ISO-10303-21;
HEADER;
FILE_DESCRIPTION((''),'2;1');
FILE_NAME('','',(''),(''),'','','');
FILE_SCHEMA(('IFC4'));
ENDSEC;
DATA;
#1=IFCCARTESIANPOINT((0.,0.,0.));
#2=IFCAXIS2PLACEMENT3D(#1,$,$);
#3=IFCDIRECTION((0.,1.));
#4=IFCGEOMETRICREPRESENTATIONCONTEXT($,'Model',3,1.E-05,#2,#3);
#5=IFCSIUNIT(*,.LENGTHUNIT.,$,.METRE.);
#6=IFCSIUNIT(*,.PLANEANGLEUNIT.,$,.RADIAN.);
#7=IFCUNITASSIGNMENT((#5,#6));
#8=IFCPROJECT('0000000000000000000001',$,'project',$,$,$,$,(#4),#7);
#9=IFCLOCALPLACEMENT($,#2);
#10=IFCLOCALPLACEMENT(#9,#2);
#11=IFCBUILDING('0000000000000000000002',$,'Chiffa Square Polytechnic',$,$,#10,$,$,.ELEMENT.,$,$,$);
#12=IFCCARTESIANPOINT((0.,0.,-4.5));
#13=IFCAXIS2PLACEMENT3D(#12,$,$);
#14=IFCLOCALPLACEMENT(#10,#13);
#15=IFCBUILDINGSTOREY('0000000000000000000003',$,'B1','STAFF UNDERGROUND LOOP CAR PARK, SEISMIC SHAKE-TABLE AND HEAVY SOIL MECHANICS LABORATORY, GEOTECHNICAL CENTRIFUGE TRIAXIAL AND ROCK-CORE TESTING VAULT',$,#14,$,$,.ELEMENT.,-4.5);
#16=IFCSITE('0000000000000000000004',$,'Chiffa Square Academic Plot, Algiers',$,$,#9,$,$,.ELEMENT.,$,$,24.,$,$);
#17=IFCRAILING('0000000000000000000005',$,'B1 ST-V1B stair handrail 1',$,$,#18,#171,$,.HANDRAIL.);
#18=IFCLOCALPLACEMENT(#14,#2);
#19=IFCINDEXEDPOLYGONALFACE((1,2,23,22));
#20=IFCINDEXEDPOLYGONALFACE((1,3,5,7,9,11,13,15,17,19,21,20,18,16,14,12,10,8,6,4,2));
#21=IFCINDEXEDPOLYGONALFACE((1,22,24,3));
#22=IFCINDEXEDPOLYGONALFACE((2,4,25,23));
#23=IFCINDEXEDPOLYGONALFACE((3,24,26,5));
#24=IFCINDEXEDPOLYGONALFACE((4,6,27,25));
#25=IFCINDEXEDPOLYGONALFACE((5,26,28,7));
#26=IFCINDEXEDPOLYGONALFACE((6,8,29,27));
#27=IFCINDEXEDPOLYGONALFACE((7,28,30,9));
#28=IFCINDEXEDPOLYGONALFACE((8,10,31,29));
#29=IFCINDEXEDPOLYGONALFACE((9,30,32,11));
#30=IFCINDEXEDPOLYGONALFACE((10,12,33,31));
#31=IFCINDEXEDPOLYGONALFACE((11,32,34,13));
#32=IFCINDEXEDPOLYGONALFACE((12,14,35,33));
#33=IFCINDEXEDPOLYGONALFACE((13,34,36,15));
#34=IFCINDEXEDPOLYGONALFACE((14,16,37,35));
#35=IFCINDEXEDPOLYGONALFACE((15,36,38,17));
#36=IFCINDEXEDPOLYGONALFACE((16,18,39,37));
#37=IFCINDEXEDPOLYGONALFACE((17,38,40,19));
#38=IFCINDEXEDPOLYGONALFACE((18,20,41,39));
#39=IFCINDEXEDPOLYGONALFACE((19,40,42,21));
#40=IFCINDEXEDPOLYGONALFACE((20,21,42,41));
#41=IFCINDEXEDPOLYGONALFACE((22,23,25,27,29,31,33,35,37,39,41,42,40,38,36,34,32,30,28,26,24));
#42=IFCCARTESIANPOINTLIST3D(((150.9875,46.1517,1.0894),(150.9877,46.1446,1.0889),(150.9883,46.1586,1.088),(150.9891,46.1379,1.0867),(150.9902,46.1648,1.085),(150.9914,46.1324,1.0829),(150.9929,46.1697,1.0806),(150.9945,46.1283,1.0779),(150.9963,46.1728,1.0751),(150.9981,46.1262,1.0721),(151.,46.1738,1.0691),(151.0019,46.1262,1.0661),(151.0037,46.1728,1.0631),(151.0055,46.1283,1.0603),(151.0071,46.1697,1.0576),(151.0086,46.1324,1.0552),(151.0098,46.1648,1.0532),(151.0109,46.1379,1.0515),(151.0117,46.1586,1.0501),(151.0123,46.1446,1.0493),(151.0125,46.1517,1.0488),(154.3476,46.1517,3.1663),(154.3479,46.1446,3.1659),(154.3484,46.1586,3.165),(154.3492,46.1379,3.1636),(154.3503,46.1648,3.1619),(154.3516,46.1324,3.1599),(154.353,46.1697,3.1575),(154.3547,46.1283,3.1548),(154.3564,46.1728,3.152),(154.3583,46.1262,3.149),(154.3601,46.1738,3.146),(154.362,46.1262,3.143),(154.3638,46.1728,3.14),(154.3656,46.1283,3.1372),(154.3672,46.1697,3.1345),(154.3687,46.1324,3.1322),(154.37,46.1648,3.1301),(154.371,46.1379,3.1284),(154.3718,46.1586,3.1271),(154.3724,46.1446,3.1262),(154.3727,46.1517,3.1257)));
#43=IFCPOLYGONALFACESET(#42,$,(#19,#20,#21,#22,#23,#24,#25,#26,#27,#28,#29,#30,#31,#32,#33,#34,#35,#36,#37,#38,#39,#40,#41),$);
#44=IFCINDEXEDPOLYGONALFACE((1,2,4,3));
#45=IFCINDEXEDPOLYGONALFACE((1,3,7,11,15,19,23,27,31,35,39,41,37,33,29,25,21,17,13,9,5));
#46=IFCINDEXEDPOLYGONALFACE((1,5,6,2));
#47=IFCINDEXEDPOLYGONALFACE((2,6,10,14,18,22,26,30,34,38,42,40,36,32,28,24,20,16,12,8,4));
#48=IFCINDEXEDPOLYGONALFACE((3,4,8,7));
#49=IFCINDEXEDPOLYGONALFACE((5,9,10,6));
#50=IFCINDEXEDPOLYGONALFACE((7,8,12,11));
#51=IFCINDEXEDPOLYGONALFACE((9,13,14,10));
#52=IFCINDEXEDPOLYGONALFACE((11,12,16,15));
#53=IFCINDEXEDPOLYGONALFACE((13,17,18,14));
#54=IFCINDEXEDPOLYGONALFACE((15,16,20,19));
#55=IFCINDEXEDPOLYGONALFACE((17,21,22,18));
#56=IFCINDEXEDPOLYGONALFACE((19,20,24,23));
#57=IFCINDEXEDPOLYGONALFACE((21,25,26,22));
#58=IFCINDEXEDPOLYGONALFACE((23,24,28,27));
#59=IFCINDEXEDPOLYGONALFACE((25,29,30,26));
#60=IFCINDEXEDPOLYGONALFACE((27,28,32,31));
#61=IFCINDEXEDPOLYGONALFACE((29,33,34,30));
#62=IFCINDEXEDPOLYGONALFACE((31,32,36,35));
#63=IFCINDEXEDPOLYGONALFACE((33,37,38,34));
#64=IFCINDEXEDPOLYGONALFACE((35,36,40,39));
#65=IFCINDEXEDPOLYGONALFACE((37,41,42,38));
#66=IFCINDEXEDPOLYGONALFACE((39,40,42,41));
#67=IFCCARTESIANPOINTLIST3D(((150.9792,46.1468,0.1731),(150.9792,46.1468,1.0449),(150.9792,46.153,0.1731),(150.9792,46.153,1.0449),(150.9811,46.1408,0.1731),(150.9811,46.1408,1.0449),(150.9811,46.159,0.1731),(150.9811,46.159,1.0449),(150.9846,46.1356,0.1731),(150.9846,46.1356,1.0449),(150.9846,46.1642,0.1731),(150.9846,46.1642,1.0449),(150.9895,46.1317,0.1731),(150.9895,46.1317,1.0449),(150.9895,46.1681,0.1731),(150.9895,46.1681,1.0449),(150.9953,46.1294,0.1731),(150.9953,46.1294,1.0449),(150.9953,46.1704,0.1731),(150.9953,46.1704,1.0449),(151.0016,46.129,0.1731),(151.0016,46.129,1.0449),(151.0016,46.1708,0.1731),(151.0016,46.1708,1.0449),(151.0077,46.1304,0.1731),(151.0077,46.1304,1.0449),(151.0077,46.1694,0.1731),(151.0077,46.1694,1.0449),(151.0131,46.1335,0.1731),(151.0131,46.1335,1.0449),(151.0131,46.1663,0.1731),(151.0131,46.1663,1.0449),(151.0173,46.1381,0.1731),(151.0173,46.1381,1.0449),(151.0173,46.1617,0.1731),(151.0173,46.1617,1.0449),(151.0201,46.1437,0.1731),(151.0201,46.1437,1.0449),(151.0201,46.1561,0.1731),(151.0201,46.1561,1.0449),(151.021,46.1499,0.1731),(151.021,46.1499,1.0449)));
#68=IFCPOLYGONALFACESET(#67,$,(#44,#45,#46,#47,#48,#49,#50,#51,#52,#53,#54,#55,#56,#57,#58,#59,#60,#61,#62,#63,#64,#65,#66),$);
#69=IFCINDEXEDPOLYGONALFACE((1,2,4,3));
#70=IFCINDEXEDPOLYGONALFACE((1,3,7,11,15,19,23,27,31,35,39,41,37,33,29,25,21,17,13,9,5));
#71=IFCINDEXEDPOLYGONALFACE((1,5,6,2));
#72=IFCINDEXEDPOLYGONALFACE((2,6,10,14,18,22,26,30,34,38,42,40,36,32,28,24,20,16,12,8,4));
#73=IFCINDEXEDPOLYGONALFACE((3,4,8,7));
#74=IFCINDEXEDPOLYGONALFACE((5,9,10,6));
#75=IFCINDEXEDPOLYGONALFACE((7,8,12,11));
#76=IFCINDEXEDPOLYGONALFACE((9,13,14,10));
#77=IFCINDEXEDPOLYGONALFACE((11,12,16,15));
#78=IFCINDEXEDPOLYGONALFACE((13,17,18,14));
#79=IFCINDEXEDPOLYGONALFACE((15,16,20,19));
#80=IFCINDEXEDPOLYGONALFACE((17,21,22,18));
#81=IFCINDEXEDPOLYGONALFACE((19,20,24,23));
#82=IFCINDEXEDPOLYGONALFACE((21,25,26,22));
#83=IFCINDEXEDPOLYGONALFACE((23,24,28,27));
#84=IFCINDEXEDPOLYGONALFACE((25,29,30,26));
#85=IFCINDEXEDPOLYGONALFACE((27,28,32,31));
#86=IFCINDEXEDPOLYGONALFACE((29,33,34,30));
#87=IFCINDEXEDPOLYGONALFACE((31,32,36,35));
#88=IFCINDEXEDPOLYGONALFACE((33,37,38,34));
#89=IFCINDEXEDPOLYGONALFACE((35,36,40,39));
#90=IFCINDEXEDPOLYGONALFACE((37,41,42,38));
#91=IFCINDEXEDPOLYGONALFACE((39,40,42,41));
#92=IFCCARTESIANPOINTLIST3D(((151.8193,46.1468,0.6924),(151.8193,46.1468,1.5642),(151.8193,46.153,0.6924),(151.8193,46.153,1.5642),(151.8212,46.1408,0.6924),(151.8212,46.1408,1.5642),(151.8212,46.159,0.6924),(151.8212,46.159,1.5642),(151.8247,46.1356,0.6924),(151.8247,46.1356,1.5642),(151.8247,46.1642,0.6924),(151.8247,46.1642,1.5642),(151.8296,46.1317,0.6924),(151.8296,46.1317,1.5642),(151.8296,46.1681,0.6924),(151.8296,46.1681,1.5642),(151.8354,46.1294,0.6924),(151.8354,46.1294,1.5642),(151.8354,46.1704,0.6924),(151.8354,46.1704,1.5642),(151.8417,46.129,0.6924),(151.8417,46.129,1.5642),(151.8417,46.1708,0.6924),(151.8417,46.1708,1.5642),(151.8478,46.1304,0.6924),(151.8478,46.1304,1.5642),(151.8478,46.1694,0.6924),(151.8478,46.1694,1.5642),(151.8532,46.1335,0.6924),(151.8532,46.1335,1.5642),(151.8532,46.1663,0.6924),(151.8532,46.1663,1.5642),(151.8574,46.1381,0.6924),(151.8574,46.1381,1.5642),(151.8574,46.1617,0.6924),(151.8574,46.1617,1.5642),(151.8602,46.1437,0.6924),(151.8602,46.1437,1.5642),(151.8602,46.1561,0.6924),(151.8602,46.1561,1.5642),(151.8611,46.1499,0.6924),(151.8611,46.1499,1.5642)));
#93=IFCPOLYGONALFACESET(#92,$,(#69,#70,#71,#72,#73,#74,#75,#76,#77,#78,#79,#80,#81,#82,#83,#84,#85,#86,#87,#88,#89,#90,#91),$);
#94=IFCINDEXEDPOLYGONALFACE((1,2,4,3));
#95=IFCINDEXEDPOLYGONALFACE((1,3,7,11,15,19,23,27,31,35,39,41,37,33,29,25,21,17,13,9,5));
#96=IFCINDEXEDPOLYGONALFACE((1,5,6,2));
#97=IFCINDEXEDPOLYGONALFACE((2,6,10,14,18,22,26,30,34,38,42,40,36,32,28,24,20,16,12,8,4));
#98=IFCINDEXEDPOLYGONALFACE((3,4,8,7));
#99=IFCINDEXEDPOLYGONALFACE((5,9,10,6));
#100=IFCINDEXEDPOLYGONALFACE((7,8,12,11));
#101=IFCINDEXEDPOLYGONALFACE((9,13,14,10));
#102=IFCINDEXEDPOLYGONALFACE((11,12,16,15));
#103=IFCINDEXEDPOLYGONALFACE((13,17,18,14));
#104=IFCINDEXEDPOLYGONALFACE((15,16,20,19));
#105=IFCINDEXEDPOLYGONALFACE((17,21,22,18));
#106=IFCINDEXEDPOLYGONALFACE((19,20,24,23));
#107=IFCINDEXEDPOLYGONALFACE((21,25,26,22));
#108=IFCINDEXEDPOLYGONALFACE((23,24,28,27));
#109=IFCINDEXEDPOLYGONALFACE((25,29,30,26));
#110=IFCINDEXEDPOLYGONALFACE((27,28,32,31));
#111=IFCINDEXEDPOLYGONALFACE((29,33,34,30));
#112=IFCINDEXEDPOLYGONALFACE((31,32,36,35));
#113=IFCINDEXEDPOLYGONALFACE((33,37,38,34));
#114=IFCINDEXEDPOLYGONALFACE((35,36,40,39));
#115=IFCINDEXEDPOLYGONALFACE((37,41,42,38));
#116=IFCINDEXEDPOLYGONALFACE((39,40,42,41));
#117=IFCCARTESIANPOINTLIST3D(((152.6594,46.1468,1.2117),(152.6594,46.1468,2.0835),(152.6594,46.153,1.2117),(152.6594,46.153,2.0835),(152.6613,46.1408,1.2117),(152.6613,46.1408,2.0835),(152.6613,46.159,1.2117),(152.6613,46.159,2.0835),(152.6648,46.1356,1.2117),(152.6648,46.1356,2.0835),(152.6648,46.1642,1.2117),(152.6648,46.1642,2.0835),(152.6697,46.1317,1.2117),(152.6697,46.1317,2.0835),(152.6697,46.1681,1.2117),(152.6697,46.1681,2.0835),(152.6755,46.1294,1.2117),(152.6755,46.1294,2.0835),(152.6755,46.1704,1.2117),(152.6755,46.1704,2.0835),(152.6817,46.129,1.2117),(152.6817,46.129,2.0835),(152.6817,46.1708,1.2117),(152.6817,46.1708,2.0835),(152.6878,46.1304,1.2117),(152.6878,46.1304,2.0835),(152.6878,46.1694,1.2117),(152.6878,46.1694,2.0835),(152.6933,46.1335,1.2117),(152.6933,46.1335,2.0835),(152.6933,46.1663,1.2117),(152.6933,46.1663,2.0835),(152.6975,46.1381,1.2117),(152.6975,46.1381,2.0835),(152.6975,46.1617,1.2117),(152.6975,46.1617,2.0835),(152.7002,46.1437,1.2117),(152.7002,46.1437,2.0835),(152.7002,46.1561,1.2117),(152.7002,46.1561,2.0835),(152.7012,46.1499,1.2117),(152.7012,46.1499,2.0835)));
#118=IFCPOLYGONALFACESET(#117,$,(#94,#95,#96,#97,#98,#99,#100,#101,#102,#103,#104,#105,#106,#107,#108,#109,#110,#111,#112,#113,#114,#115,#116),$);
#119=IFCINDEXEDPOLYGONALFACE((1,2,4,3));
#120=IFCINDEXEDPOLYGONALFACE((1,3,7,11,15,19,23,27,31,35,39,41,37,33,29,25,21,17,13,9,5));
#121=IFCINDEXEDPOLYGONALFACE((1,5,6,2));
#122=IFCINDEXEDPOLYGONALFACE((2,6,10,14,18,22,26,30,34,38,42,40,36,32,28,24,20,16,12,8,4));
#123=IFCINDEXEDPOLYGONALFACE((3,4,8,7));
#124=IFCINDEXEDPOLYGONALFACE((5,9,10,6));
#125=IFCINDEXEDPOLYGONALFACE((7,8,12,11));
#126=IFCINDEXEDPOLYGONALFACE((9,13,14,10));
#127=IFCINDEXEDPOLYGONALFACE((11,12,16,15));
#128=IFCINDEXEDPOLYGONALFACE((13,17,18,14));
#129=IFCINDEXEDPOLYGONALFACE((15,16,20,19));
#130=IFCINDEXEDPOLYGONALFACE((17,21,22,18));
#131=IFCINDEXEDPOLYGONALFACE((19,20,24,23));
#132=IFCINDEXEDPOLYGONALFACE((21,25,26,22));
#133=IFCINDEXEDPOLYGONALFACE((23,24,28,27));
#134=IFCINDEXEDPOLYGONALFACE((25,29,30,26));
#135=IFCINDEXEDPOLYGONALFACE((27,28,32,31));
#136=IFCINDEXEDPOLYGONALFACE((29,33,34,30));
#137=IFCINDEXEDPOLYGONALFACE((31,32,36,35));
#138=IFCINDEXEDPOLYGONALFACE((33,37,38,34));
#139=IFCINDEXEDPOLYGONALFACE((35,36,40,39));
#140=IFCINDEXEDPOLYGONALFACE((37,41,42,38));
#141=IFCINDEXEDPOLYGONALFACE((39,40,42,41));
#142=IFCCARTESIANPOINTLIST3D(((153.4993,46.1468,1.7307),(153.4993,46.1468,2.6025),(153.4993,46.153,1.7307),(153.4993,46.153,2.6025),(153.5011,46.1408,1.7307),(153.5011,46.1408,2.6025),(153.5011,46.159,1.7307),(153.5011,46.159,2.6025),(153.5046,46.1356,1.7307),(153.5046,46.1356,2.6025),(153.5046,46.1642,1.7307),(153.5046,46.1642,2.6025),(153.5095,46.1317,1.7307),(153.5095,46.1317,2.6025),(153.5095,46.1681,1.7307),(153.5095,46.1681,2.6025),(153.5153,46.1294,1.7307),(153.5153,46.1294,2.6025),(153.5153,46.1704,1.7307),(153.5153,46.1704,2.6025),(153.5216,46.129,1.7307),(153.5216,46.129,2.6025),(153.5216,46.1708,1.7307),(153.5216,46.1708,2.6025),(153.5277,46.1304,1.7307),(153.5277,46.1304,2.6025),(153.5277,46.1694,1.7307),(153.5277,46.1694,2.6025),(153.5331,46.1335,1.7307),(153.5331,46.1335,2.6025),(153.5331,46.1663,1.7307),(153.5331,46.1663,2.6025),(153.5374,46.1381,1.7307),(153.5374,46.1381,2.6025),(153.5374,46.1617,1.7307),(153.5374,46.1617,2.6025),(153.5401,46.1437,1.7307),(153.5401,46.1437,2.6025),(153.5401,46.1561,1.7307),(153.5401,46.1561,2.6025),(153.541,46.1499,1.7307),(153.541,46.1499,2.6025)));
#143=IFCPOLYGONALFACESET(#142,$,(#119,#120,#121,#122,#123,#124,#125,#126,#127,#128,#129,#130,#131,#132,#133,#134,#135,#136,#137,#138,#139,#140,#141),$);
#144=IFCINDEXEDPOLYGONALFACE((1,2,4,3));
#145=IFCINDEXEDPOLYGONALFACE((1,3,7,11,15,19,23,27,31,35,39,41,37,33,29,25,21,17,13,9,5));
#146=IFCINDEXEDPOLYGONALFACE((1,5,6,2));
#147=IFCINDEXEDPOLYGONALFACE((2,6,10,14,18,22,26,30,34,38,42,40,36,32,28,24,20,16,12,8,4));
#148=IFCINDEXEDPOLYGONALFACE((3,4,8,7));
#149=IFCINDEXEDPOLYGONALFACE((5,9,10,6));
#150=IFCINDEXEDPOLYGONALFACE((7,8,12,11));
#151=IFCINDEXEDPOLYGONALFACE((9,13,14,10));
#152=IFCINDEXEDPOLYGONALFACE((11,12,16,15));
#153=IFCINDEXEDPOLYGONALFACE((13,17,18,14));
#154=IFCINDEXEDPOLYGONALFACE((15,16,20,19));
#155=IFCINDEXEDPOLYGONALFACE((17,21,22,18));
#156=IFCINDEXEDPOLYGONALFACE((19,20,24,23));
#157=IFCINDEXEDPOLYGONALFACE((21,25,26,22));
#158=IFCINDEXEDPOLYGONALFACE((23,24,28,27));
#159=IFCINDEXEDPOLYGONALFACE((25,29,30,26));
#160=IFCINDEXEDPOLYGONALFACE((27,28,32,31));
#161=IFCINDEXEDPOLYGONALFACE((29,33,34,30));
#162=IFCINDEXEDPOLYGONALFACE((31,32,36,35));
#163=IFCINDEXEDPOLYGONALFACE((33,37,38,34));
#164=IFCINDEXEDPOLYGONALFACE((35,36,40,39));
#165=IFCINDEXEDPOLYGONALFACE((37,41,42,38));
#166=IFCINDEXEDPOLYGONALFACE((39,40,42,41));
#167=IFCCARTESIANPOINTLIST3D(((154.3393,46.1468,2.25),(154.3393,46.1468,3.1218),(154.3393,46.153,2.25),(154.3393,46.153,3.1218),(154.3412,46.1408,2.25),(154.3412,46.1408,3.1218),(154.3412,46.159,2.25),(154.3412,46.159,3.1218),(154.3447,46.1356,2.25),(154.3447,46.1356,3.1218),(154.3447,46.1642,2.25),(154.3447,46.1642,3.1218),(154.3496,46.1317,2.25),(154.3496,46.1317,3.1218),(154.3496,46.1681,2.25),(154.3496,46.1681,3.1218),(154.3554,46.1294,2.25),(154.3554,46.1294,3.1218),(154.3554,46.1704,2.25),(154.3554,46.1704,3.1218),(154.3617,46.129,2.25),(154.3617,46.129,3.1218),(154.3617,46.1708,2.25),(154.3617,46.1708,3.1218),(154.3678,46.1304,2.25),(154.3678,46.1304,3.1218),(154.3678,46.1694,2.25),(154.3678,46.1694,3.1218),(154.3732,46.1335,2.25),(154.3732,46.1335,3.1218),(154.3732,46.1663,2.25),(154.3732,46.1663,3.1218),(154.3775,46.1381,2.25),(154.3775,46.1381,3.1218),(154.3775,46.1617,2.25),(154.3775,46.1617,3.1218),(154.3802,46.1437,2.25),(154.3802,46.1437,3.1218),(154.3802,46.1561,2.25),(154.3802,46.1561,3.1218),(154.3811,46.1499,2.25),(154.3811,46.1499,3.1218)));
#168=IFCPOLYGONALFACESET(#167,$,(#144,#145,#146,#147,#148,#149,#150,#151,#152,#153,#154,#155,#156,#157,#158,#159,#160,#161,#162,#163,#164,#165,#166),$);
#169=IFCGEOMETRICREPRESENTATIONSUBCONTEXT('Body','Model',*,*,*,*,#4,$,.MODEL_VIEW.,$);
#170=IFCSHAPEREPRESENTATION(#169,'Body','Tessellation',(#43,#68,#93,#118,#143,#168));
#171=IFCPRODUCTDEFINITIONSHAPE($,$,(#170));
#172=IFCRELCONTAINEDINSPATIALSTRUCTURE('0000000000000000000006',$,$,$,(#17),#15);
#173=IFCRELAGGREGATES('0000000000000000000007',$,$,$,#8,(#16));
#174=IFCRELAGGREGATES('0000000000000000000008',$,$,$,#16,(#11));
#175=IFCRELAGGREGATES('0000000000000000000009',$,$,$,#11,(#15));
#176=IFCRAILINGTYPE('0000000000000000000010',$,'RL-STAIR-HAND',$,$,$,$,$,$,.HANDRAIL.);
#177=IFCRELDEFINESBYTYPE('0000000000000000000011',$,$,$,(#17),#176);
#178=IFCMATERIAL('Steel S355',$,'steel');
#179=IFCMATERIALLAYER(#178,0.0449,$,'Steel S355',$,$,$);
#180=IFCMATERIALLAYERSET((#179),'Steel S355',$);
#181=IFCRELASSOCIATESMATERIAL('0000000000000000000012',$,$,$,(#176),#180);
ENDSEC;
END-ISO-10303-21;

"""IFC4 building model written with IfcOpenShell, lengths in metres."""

from ifc_helpers import new_model, si_unit, direction, frame, origin, origin_2d, place, context, subcontext, project, spatial, circle, extrude, material, layer, layer_set, type_object, element, save


model = new_model("IFC4")

# Units and contexts
model_context = context("Model", 3, precision=1e-05, world=origin(), true_north=direction((0.0, 1.0)))
body_context = subcontext(model_context, "Body", "Model", "MODEL_VIEW")
ifc_project = project(units=[si_unit("LENGTHUNIT", "METRE"), si_unit("PLANEANGLEUNIT", "RADIAN")], contexts=[model_context])

# Site, building, storey
site_placement = place(None, origin())
site = spatial("IfcSite", under=ifc_project, at=site_placement, Name="Chiffa Square Academic Plot, Algiers", CompositionType="ELEMENT", RefElevation=24.0)
building_placement = place(site_placement, origin())
building = spatial("IfcBuilding", under=site, at=building_placement, Name="Chiffa Square Polytechnic", CompositionType="ELEMENT")
storey_placement = place(building_placement, frame((0.0, 0.0, -4.5)))
storey = spatial("IfcBuildingStorey", under=building, at=storey_placement, Name="B1", Description="STAFF UNDERGROUND LOOP CAR PARK, SEISMIC SHAKE-TABLE AND HEAVY SOIL MECHANICS LABORATORY, GEOTECHNICAL CENTRIFUGE TRIAXIAL AND ROCK-CORE TESTING VAULT", CompositionType="ELEMENT", Elevation=-4.5)

# Railing
ifc_material_1 = material(Name="Steel S355", Category="steel")
ifc_layer_1 = layer(ifc_material_1, 0.0449, Name="Steel S355")
ifc_layer_set_1 = layer_set([ifc_layer_1], Name="Steel S355")
railing_type_1 = type_object("IfcRailingType", Name="RL-STAIR-HAND", PredefinedType="HANDRAIL", material=ifc_layer_set_1)
railing_1_placement = place(storey_placement, frame((151.0, 46.1499, 0.1731)))
element("IfcRailing", 1, at=railing_1_placement, inside=storey, type_object=railing_type_1, Name="B1 ST-V1B stair handrail 1", PredefinedType="HANDRAIL", context=body_context, shape_type="SweptSolid", body=[
    extrude(circle(Radius=0.0239, at=origin_2d()), frame((0.0, 0.0, 0.896), z_axis=(0.850623, 0.0, 0.525776), x_axis=(0.0, 1.0, 0.0)), (0.0, 0.0, 1.0), 3.9502),
    extrude(circle(Radius=0.021, at=origin_2d()), origin(), (0.0, 0.0, 1.0), 0.8718),
    extrude(circle(Radius=0.021, at=origin_2d()), frame((0.8401, 0.0, 0.5193)), (0.0, 0.0, 1.0), 0.8718),
    extrude(circle(Radius=0.021, at=origin_2d()), frame((1.6802, 0.0, 1.0386)), (0.0, 0.0, 1.0), 0.8718),
    extrude(circle(Radius=0.021, at=origin_2d()), frame((2.52, 0.0, 1.5576)), (0.0, 0.0, 1.0), 0.8718),
    extrude(circle(Radius=0.021, at=origin_2d()), frame((3.3601, 0.0, 2.0769)), (0.0, 0.0, 1.0), 0.8718),
])

save(model, "model.ifc")
